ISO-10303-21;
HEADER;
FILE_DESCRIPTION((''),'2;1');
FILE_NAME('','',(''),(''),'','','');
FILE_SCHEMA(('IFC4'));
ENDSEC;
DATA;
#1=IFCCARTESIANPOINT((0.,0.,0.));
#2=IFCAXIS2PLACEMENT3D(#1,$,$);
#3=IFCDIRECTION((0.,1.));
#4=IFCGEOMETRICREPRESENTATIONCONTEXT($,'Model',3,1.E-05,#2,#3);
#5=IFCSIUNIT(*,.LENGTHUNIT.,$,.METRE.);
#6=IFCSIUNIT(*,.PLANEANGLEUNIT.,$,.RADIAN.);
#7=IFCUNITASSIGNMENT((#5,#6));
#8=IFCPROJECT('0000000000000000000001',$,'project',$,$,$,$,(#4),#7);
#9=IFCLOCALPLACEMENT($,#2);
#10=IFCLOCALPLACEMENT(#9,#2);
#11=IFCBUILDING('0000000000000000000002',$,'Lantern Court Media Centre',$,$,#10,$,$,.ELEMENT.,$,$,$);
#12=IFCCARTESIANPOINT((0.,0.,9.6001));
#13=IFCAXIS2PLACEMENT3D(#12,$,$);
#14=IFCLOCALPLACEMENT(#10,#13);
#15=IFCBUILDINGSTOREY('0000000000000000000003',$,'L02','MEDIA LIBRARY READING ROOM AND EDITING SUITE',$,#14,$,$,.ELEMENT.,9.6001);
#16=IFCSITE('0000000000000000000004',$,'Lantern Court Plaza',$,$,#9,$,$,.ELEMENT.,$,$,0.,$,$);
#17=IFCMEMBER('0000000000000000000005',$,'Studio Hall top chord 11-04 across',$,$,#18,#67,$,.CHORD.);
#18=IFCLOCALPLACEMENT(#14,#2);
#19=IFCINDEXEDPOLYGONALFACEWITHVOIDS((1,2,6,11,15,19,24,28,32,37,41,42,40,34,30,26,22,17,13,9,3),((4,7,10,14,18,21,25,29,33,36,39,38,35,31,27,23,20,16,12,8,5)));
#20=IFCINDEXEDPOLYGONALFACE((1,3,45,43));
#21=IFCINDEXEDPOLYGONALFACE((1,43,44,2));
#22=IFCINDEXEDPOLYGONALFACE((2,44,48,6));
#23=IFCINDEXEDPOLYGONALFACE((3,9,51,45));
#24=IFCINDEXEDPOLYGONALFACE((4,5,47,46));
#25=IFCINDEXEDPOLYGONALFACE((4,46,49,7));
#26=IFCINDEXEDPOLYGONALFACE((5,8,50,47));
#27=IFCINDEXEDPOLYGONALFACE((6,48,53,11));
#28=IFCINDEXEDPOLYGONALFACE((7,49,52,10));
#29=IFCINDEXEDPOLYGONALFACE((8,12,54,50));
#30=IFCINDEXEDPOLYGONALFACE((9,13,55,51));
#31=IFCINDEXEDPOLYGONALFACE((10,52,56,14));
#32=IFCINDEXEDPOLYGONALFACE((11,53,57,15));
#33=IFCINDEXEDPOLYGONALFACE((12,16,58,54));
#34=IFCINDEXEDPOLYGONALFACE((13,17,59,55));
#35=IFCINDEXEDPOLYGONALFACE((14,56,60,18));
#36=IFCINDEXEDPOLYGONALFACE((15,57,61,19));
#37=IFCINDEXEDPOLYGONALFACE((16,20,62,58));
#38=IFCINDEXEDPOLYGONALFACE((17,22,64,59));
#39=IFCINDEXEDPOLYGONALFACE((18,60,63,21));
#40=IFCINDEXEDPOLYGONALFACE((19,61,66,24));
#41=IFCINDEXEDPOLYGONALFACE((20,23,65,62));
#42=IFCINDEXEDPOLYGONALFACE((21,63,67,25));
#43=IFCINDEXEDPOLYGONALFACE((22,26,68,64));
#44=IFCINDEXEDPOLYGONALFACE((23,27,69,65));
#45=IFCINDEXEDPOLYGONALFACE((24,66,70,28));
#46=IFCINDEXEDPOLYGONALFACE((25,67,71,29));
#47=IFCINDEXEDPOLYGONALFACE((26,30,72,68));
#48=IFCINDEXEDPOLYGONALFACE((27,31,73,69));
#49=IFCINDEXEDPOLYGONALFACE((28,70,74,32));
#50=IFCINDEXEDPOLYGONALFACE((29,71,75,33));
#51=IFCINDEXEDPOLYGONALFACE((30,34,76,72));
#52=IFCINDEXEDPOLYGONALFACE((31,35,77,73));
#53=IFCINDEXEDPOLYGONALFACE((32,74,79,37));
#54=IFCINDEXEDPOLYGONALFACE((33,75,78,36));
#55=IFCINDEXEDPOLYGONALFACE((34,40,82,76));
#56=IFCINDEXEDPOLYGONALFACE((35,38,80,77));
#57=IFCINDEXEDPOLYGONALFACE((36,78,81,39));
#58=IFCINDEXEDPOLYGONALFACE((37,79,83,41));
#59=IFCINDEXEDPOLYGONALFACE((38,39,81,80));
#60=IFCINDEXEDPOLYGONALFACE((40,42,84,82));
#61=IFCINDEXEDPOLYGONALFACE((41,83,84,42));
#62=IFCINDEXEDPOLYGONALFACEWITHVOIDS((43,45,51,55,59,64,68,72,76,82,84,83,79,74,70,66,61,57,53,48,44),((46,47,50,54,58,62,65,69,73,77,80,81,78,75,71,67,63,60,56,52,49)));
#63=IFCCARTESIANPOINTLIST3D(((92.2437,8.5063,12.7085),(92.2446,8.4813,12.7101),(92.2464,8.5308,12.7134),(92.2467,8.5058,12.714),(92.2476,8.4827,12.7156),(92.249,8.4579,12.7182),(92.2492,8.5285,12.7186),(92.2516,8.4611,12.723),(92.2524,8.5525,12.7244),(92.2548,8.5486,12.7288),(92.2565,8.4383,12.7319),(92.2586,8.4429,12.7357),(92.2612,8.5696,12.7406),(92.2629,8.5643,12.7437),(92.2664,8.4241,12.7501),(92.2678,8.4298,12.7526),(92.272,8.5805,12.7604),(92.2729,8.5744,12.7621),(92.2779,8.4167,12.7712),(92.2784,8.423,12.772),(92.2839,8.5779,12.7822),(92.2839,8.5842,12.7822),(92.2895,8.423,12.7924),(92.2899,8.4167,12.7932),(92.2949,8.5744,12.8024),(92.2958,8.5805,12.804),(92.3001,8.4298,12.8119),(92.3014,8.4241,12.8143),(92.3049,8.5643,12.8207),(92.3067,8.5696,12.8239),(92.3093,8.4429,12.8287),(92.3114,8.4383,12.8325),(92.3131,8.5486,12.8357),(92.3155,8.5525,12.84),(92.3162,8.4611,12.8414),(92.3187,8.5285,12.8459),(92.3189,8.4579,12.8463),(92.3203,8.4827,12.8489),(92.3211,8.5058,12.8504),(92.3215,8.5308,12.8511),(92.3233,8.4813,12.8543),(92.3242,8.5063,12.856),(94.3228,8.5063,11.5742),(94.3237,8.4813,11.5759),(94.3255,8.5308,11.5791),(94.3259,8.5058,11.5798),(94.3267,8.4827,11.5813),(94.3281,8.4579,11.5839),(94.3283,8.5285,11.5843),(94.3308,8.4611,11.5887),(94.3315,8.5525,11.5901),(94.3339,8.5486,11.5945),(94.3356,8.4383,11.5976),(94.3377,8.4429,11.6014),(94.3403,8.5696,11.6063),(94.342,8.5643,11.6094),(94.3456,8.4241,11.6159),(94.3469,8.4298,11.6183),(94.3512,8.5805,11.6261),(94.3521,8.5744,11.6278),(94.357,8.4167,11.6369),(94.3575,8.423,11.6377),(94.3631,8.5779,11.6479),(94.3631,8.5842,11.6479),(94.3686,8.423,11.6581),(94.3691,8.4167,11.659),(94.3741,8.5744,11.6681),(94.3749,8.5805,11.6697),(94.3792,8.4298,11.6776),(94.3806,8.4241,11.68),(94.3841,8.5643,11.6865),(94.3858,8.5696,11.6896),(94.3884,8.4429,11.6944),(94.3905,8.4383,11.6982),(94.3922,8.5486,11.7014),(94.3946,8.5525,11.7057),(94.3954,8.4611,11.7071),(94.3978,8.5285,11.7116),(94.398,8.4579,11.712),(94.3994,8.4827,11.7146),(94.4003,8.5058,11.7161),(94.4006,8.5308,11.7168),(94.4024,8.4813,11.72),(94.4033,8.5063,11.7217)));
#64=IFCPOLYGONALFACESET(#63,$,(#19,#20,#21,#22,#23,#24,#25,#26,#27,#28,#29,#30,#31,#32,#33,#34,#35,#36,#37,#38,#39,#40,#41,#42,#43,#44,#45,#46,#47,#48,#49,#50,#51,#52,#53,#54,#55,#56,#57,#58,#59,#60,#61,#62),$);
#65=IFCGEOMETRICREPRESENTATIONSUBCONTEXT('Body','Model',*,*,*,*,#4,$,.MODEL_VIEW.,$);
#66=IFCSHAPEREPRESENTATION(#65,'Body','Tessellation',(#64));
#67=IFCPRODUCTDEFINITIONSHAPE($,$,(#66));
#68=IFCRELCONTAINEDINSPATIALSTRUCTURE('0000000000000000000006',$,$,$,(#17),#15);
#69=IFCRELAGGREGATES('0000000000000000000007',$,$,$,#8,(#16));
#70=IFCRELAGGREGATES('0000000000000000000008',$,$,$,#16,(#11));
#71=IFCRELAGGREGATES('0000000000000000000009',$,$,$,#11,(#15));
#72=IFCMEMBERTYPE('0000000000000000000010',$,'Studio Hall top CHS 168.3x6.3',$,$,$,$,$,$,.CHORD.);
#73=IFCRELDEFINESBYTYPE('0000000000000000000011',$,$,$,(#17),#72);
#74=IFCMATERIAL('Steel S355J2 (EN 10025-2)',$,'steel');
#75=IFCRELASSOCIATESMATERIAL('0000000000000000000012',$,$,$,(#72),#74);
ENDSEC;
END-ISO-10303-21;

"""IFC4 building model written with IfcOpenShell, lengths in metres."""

from ifc_helpers import new_model, si_unit, direction, frame, origin, origin_2d, place, context, subcontext, project, spatial, hollow_circle, extrude, material, material_profile, profile_set, type_object, element, save


model = new_model("IFC4")

# Units and contexts
model_context = context("Model", 3, precision=1e-05, world=origin(), true_north=direction((0.0, 1.0)))
body_context = subcontext(model_context, "Body", "Model", "MODEL_VIEW")
ifc_project = project(units=[si_unit("LENGTHUNIT", "METRE"), si_unit("PLANEANGLEUNIT", "RADIAN")], contexts=[model_context])

# Site, building, storey
site_placement = place(None, origin())
site = spatial("IfcSite", under=ifc_project, at=site_placement, Name="Lantern Court Plaza", CompositionType="ELEMENT", RefElevation=0.0)
building_placement = place(site_placement, origin())
building = spatial("IfcBuilding", under=site, at=building_placement, Name="Lantern Court Media Centre", CompositionType="ELEMENT")
storey_placement = place(building_placement, frame((0.0, 0.0, 9.6001)))
storey = spatial("IfcBuildingStorey", under=building, at=storey_placement, Name="L02", Description="MEDIA LIBRARY READING ROOM AND EDITING SUITE", CompositionType="ELEMENT", Elevation=9.6001)

# Member
ifc_material = material(Name="Steel S355J2 (EN 10025-2)", Category="steel")
ifc_material_profile_1 = material_profile(ifc_material, hollow_circle(Radius=0.0842, WallThickness=0.0063, at=origin_2d()), Name="Studio Hall top CHS 168.3x6.3")
ifc_profile_set_1 = profile_set([ifc_material_profile_1], Name="Steel S355J2 (EN 10025-2)")
member_type_1 = type_object("IfcMemberType", Name="Studio Hall top CHS 168.3x6.3", PredefinedType="CHORD", material=ifc_profile_set_1)
member_1_placement = place(storey_placement, frame((92.2839, 8.5, 12.7822), z_axis=(0.877856, 0.0, -0.478924), x_axis=(0.0, 1.0, 0.0)))
element("IfcMember", 1, at=member_1_placement, inside=storey, type_object=member_type_1, Name="Studio Hall top chord 11-04 across", PredefinedType="CHORD", context=body_context, shape_type="SweptSolid", body=[
    extrude(hollow_circle(Radius=0.0842, WallThickness=0.0063, at=origin_2d()), origin(), (0.0, 0.0, 1.0), 2.3684),
])

save(model, "model.ifc")
